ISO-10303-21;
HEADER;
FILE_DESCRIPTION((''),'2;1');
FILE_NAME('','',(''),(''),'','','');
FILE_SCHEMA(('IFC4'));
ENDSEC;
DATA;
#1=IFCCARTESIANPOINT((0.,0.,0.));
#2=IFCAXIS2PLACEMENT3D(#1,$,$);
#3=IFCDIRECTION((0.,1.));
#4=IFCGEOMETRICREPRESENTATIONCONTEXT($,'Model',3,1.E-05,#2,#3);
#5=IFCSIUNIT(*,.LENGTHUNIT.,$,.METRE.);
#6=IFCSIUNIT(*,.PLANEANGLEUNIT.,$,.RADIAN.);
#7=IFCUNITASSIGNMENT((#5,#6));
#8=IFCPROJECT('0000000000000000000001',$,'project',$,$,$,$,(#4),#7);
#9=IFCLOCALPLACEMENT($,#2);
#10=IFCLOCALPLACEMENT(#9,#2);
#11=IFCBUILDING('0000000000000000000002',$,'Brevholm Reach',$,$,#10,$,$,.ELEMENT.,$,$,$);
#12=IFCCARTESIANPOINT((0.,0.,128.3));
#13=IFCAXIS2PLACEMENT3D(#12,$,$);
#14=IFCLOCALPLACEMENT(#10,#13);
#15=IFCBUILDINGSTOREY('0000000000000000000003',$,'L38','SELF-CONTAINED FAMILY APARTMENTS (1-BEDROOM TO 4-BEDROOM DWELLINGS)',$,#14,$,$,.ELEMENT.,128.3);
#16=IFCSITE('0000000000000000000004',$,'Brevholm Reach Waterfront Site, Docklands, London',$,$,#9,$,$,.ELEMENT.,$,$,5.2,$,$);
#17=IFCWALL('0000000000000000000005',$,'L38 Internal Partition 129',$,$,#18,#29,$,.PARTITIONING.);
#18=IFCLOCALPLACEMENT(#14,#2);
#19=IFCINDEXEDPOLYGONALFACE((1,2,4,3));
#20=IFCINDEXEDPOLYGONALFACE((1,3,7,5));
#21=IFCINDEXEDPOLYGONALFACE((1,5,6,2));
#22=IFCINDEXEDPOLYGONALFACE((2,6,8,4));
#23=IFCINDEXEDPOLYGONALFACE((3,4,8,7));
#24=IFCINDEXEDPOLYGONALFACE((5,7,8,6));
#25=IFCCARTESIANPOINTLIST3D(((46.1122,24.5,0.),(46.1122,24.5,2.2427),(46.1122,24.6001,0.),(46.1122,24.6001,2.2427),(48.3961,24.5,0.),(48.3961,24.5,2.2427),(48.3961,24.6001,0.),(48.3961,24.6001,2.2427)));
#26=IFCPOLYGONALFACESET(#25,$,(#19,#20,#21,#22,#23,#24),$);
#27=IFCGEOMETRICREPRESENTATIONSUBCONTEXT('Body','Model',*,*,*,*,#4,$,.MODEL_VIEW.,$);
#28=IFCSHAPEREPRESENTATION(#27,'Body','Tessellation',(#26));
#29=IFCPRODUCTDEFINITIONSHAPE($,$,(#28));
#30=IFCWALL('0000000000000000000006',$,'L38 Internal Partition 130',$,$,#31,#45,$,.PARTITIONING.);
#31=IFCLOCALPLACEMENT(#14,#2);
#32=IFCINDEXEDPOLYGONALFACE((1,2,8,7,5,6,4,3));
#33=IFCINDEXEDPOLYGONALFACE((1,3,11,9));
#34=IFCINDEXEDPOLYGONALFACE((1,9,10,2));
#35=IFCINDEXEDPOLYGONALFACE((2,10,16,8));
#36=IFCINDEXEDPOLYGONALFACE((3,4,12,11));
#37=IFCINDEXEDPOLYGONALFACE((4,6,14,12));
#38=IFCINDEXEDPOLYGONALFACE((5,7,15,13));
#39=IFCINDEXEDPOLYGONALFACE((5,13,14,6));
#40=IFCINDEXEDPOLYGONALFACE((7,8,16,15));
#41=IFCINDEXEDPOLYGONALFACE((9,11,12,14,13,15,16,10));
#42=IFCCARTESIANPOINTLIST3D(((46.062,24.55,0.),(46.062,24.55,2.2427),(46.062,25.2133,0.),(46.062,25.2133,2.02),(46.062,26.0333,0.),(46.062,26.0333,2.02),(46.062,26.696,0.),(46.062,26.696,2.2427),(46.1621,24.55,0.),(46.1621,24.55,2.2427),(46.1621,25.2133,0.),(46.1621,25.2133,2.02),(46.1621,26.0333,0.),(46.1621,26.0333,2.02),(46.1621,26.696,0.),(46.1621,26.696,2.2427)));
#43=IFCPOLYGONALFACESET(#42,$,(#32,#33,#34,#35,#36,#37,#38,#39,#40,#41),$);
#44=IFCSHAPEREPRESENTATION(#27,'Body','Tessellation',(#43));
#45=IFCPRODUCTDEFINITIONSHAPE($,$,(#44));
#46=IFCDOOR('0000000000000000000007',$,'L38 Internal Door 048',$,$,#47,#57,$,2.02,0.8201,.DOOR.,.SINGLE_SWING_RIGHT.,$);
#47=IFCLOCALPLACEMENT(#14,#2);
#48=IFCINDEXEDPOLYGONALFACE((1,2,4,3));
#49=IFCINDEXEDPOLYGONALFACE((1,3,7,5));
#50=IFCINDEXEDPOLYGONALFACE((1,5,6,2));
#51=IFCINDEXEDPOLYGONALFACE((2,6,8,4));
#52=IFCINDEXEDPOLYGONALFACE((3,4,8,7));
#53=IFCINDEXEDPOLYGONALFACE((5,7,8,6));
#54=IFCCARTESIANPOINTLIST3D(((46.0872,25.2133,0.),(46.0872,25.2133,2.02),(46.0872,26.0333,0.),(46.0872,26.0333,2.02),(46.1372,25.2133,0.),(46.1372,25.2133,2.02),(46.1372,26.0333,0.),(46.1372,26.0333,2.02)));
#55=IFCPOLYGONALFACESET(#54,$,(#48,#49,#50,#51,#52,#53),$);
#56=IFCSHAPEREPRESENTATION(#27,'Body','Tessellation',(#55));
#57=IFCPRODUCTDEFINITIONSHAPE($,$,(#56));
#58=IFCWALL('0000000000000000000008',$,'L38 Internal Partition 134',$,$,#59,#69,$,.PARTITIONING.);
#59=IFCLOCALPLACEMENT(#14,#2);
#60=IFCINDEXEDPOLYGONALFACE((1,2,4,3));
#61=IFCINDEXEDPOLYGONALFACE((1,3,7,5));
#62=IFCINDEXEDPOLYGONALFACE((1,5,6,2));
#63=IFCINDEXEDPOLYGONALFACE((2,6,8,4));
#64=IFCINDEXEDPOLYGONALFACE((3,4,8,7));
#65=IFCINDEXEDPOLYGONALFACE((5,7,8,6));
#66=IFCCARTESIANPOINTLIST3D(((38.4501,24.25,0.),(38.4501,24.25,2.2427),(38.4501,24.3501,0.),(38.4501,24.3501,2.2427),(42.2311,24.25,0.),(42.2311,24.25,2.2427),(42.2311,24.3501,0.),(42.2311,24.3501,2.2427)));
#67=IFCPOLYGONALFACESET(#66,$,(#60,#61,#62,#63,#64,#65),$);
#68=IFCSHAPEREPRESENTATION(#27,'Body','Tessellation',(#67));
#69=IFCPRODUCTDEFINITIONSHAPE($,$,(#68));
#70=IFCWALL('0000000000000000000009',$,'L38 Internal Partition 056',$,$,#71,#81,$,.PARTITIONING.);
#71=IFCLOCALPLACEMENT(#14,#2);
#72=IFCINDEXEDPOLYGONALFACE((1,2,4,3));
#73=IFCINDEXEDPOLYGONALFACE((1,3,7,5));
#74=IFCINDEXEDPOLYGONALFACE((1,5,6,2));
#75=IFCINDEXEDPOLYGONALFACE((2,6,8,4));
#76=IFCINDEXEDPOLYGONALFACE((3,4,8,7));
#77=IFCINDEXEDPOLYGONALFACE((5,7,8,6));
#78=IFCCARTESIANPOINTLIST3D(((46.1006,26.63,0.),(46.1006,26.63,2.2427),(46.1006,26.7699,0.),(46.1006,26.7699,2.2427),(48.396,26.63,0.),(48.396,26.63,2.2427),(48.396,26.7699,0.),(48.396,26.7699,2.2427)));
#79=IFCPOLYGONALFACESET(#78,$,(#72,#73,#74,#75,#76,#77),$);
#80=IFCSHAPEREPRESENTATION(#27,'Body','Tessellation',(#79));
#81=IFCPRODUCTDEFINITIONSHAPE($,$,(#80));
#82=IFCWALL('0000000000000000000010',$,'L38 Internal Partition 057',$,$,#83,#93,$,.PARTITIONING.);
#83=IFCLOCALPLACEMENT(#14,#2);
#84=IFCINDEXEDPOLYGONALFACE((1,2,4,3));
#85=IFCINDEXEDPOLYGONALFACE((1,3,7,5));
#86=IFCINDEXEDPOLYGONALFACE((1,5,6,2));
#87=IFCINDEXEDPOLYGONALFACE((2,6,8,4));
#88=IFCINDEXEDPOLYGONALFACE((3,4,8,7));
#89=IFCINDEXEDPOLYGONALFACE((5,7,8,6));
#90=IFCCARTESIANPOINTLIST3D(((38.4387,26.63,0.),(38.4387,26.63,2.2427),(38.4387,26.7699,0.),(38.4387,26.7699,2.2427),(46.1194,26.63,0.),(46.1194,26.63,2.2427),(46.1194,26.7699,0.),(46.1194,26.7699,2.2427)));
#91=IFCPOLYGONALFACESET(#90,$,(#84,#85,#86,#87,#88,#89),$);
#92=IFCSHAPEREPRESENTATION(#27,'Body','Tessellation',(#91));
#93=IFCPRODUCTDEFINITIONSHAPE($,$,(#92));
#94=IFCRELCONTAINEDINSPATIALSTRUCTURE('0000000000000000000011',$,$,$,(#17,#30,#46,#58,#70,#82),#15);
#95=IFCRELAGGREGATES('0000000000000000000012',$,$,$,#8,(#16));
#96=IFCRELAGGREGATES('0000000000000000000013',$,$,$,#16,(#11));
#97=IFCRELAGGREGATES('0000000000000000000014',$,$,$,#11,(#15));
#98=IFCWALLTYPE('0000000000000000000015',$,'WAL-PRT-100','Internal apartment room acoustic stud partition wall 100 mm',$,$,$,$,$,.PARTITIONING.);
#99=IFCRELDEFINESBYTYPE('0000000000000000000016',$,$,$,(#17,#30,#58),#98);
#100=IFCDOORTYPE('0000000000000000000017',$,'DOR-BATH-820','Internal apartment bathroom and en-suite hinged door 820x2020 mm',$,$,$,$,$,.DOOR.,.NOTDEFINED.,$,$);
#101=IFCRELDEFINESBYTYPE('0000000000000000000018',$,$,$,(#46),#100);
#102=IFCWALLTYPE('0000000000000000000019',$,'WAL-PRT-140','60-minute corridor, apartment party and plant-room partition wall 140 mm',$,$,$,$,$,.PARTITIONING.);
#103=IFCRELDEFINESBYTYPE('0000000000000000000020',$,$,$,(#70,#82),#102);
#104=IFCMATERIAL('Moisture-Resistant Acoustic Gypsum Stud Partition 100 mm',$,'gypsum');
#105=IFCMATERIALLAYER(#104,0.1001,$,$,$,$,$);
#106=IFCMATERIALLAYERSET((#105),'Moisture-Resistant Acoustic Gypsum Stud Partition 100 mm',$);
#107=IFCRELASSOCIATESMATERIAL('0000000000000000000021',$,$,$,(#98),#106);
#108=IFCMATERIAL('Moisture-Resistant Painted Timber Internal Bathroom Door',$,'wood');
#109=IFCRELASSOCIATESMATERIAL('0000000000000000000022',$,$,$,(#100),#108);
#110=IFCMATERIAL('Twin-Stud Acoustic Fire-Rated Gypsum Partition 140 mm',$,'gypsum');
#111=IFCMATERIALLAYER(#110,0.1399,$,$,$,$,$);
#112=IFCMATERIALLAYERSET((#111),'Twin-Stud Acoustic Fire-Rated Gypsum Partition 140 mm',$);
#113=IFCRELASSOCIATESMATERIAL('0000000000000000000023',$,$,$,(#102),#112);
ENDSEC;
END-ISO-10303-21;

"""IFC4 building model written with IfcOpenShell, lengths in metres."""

from ifc_helpers import new_model, si_unit, direction, frame, frame_2d, origin, place, context, subcontext, project, spatial, rectangle, extrude, material, layer, layer_set, type_object, element, fill, save


model = new_model("IFC4")

# Units and contexts
model_context = context("Model", 3, precision=1e-05, world=origin(), true_north=direction((0.0, 1.0)))
body_context = subcontext(model_context, "Body", "Model", "MODEL_VIEW")
ifc_project = project(units=[si_unit("LENGTHUNIT", "METRE"), si_unit("PLANEANGLEUNIT", "RADIAN")], contexts=[model_context])

# Site, building, storey
site_placement = place(None, origin())
site = spatial("IfcSite", under=ifc_project, at=site_placement, Name="Brevholm Reach Waterfront Site, Docklands, London", CompositionType="ELEMENT", RefElevation=5.2)
building_placement = place(site_placement, origin())
building = spatial("IfcBuilding", under=site, at=building_placement, Name="Brevholm Reach", CompositionType="ELEMENT")
storey_placement = place(building_placement, frame((0.0, 0.0, 128.3)))
storey = spatial("IfcBuildingStorey", under=building, at=storey_placement, Name="L38", Description="SELF-CONTAINED FAMILY APARTMENTS (1-BEDROOM TO 4-BEDROOM DWELLINGS)", CompositionType="ELEMENT", Elevation=128.3)

# Wall
ifc_material_1 = material(Name="Moisture-Resistant Acoustic Gypsum Stud Partition 100 mm", Category="gypsum")
ifc_layer_1 = layer(ifc_material_1, 0.1001)
ifc_layer_set_1 = layer_set([ifc_layer_1], Name="Moisture-Resistant Acoustic Gypsum Stud Partition 100 mm")
wall_type_1 = type_object("IfcWallType", Name="WAL-PRT-100", Description="Internal apartment room acoustic stud partition wall 100 mm", PredefinedType="PARTITIONING", material=ifc_layer_set_1)
wall_1_placement = place(storey_placement, frame((46.1121, 24.55, 0.0), z_axis=(0.0, 0.0, 1.0), x_axis=(1.0, 0.0, 0.0)))
element("IfcWall", 1, at=wall_1_placement, inside=storey, type_object=wall_type_1, Name="L38 Internal Partition 129", PredefinedType="PARTITIONING", context=body_context, shape_type="SweptSolid", body=[
    extrude(rectangle(XDim=2.2839, YDim=0.1001, at=frame_2d((1.1421, 0.0))), origin(), (0.0, 0.0, 1.0), 2.2427),
])

# Wall, opening, door
wall_2_placement = place(storey_placement, frame((46.1121, 24.55, 0.0), z_axis=(0.0, 0.0, 1.0), x_axis=(0.0, 1.0, 0.0)))
wall_2 = element("IfcWall", 2, at=wall_2_placement, inside=storey, type_object=wall_type_1, Name="L38 Internal Partition 130", PredefinedType="PARTITIONING", context=body_context, shape_type="SweptSolid", body=[
    extrude(rectangle(XDim=2.146, YDim=0.1001, at=frame_2d((1.073, 0.0))), origin(), (0.0, 0.0, 1.0), 2.2427),
])
opening_placement = place(wall_2_placement, frame((0.6631, 0.0, 0.0)))
opening = element("IfcOpeningElement", 3, at=opening_placement, cuts=wall_2, PredefinedType="OPENING", context=body_context, shape_type="SweptSolid", body=[
    extrude(rectangle(XDim=0.8201, YDim=2.02, at=frame_2d((0.4102, 1.01))), frame((0.0, 0.0601, 0.0), z_axis=(0.0, -1.0, 0.0), x_axis=(1.0, 0.0, 0.0)), (0.0, 0.0, 1.0), 0.1201),
])
ifc_material_2 = material(Name="Moisture-Resistant Painted Timber Internal Bathroom Door", Category="wood")
door_type = type_object("IfcDoorType", Name="DOR-BATH-820", Description="Internal apartment bathroom and en-suite hinged door 820x2020 mm", OperationType="NOTDEFINED", PredefinedType="DOOR", material=ifc_material_2)
door_placement = place(opening_placement, origin())
door = element("IfcDoor", 4, at=door_placement, inside=storey, type_object=door_type, Name="L38 Internal Door 048", OperationType="SINGLE_SWING_RIGHT", OverallHeight=2.02, OverallWidth=0.8201, PredefinedType="DOOR", context=body_context, shape_type="SweptSolid", body=[
    extrude(rectangle(XDim=0.8201, YDim=2.02, at=frame_2d((0.4102, 1.01))), frame((0.0, 0.0249, 0.0), z_axis=(0.0, -1.0, 0.0), x_axis=(1.0, 0.0, 0.0)), (0.0, 0.0, 1.0), 0.05),
])
fill(opening, door)

# Walls
wall_3_placement = place(storey_placement, frame((38.45, 24.3, 0.0), z_axis=(0.0, 0.0, 1.0), x_axis=(1.0, 0.0, 0.0)))
element("IfcWall", 5, at=wall_3_placement, inside=storey, type_object=wall_type_1, Name="L38 Internal Partition 134", PredefinedType="PARTITIONING", context=body_context, shape_type="SweptSolid", body=[
    extrude(rectangle(XDim=3.781, YDim=0.1001, at=frame_2d((1.8906, 0.0))), origin(), (0.0, 0.0, 1.0), 2.2427),
])
ifc_material_3 = material(Name="Twin-Stud Acoustic Fire-Rated Gypsum Partition 140 mm", Category="gypsum")
ifc_layer_2 = layer(ifc_material_3, 0.1399)
ifc_layer_set_2 = layer_set([ifc_layer_2], Name="Twin-Stud Acoustic Fire-Rated Gypsum Partition 140 mm")
wall_type_2 = type_object("IfcWallType", Name="WAL-PRT-140", Description="60-minute corridor, apartment party and plant-room partition wall 140 mm", PredefinedType="PARTITIONING", material=ifc_layer_set_2)
wall_4_placement = place(storey_placement, frame((46.1006, 26.7, 0.0), z_axis=(0.0, 0.0, 1.0), x_axis=(1.0, 0.0, 0.0)))
element("IfcWall", 6, at=wall_4_placement, inside=storey, type_object=wall_type_2, Name="L38 Internal Partition 056", PredefinedType="PARTITIONING", context=body_context, shape_type="SweptSolid", body=[
    extrude(rectangle(XDim=2.2954, YDim=0.1399, at=frame_2d((1.1477, 0.0))), origin(), (0.0, 0.0, 1.0), 2.2427),
])
wall_5_placement = place(storey_placement, frame((38.4387, 26.7, 0.0), z_axis=(0.0, 0.0, 1.0), x_axis=(1.0, 0.0, 0.0)))
element("IfcWall", 7, at=wall_5_placement, inside=storey, type_object=wall_type_2, Name="L38 Internal Partition 057", PredefinedType="PARTITIONING", context=body_context, shape_type="SweptSolid", body=[
    extrude(rectangle(XDim=7.6807, YDim=0.1399, at=frame_2d((3.8403, 0.0))), origin(), (0.0, 0.0, 1.0), 2.2427),
])

save(model, "model.ifc")
